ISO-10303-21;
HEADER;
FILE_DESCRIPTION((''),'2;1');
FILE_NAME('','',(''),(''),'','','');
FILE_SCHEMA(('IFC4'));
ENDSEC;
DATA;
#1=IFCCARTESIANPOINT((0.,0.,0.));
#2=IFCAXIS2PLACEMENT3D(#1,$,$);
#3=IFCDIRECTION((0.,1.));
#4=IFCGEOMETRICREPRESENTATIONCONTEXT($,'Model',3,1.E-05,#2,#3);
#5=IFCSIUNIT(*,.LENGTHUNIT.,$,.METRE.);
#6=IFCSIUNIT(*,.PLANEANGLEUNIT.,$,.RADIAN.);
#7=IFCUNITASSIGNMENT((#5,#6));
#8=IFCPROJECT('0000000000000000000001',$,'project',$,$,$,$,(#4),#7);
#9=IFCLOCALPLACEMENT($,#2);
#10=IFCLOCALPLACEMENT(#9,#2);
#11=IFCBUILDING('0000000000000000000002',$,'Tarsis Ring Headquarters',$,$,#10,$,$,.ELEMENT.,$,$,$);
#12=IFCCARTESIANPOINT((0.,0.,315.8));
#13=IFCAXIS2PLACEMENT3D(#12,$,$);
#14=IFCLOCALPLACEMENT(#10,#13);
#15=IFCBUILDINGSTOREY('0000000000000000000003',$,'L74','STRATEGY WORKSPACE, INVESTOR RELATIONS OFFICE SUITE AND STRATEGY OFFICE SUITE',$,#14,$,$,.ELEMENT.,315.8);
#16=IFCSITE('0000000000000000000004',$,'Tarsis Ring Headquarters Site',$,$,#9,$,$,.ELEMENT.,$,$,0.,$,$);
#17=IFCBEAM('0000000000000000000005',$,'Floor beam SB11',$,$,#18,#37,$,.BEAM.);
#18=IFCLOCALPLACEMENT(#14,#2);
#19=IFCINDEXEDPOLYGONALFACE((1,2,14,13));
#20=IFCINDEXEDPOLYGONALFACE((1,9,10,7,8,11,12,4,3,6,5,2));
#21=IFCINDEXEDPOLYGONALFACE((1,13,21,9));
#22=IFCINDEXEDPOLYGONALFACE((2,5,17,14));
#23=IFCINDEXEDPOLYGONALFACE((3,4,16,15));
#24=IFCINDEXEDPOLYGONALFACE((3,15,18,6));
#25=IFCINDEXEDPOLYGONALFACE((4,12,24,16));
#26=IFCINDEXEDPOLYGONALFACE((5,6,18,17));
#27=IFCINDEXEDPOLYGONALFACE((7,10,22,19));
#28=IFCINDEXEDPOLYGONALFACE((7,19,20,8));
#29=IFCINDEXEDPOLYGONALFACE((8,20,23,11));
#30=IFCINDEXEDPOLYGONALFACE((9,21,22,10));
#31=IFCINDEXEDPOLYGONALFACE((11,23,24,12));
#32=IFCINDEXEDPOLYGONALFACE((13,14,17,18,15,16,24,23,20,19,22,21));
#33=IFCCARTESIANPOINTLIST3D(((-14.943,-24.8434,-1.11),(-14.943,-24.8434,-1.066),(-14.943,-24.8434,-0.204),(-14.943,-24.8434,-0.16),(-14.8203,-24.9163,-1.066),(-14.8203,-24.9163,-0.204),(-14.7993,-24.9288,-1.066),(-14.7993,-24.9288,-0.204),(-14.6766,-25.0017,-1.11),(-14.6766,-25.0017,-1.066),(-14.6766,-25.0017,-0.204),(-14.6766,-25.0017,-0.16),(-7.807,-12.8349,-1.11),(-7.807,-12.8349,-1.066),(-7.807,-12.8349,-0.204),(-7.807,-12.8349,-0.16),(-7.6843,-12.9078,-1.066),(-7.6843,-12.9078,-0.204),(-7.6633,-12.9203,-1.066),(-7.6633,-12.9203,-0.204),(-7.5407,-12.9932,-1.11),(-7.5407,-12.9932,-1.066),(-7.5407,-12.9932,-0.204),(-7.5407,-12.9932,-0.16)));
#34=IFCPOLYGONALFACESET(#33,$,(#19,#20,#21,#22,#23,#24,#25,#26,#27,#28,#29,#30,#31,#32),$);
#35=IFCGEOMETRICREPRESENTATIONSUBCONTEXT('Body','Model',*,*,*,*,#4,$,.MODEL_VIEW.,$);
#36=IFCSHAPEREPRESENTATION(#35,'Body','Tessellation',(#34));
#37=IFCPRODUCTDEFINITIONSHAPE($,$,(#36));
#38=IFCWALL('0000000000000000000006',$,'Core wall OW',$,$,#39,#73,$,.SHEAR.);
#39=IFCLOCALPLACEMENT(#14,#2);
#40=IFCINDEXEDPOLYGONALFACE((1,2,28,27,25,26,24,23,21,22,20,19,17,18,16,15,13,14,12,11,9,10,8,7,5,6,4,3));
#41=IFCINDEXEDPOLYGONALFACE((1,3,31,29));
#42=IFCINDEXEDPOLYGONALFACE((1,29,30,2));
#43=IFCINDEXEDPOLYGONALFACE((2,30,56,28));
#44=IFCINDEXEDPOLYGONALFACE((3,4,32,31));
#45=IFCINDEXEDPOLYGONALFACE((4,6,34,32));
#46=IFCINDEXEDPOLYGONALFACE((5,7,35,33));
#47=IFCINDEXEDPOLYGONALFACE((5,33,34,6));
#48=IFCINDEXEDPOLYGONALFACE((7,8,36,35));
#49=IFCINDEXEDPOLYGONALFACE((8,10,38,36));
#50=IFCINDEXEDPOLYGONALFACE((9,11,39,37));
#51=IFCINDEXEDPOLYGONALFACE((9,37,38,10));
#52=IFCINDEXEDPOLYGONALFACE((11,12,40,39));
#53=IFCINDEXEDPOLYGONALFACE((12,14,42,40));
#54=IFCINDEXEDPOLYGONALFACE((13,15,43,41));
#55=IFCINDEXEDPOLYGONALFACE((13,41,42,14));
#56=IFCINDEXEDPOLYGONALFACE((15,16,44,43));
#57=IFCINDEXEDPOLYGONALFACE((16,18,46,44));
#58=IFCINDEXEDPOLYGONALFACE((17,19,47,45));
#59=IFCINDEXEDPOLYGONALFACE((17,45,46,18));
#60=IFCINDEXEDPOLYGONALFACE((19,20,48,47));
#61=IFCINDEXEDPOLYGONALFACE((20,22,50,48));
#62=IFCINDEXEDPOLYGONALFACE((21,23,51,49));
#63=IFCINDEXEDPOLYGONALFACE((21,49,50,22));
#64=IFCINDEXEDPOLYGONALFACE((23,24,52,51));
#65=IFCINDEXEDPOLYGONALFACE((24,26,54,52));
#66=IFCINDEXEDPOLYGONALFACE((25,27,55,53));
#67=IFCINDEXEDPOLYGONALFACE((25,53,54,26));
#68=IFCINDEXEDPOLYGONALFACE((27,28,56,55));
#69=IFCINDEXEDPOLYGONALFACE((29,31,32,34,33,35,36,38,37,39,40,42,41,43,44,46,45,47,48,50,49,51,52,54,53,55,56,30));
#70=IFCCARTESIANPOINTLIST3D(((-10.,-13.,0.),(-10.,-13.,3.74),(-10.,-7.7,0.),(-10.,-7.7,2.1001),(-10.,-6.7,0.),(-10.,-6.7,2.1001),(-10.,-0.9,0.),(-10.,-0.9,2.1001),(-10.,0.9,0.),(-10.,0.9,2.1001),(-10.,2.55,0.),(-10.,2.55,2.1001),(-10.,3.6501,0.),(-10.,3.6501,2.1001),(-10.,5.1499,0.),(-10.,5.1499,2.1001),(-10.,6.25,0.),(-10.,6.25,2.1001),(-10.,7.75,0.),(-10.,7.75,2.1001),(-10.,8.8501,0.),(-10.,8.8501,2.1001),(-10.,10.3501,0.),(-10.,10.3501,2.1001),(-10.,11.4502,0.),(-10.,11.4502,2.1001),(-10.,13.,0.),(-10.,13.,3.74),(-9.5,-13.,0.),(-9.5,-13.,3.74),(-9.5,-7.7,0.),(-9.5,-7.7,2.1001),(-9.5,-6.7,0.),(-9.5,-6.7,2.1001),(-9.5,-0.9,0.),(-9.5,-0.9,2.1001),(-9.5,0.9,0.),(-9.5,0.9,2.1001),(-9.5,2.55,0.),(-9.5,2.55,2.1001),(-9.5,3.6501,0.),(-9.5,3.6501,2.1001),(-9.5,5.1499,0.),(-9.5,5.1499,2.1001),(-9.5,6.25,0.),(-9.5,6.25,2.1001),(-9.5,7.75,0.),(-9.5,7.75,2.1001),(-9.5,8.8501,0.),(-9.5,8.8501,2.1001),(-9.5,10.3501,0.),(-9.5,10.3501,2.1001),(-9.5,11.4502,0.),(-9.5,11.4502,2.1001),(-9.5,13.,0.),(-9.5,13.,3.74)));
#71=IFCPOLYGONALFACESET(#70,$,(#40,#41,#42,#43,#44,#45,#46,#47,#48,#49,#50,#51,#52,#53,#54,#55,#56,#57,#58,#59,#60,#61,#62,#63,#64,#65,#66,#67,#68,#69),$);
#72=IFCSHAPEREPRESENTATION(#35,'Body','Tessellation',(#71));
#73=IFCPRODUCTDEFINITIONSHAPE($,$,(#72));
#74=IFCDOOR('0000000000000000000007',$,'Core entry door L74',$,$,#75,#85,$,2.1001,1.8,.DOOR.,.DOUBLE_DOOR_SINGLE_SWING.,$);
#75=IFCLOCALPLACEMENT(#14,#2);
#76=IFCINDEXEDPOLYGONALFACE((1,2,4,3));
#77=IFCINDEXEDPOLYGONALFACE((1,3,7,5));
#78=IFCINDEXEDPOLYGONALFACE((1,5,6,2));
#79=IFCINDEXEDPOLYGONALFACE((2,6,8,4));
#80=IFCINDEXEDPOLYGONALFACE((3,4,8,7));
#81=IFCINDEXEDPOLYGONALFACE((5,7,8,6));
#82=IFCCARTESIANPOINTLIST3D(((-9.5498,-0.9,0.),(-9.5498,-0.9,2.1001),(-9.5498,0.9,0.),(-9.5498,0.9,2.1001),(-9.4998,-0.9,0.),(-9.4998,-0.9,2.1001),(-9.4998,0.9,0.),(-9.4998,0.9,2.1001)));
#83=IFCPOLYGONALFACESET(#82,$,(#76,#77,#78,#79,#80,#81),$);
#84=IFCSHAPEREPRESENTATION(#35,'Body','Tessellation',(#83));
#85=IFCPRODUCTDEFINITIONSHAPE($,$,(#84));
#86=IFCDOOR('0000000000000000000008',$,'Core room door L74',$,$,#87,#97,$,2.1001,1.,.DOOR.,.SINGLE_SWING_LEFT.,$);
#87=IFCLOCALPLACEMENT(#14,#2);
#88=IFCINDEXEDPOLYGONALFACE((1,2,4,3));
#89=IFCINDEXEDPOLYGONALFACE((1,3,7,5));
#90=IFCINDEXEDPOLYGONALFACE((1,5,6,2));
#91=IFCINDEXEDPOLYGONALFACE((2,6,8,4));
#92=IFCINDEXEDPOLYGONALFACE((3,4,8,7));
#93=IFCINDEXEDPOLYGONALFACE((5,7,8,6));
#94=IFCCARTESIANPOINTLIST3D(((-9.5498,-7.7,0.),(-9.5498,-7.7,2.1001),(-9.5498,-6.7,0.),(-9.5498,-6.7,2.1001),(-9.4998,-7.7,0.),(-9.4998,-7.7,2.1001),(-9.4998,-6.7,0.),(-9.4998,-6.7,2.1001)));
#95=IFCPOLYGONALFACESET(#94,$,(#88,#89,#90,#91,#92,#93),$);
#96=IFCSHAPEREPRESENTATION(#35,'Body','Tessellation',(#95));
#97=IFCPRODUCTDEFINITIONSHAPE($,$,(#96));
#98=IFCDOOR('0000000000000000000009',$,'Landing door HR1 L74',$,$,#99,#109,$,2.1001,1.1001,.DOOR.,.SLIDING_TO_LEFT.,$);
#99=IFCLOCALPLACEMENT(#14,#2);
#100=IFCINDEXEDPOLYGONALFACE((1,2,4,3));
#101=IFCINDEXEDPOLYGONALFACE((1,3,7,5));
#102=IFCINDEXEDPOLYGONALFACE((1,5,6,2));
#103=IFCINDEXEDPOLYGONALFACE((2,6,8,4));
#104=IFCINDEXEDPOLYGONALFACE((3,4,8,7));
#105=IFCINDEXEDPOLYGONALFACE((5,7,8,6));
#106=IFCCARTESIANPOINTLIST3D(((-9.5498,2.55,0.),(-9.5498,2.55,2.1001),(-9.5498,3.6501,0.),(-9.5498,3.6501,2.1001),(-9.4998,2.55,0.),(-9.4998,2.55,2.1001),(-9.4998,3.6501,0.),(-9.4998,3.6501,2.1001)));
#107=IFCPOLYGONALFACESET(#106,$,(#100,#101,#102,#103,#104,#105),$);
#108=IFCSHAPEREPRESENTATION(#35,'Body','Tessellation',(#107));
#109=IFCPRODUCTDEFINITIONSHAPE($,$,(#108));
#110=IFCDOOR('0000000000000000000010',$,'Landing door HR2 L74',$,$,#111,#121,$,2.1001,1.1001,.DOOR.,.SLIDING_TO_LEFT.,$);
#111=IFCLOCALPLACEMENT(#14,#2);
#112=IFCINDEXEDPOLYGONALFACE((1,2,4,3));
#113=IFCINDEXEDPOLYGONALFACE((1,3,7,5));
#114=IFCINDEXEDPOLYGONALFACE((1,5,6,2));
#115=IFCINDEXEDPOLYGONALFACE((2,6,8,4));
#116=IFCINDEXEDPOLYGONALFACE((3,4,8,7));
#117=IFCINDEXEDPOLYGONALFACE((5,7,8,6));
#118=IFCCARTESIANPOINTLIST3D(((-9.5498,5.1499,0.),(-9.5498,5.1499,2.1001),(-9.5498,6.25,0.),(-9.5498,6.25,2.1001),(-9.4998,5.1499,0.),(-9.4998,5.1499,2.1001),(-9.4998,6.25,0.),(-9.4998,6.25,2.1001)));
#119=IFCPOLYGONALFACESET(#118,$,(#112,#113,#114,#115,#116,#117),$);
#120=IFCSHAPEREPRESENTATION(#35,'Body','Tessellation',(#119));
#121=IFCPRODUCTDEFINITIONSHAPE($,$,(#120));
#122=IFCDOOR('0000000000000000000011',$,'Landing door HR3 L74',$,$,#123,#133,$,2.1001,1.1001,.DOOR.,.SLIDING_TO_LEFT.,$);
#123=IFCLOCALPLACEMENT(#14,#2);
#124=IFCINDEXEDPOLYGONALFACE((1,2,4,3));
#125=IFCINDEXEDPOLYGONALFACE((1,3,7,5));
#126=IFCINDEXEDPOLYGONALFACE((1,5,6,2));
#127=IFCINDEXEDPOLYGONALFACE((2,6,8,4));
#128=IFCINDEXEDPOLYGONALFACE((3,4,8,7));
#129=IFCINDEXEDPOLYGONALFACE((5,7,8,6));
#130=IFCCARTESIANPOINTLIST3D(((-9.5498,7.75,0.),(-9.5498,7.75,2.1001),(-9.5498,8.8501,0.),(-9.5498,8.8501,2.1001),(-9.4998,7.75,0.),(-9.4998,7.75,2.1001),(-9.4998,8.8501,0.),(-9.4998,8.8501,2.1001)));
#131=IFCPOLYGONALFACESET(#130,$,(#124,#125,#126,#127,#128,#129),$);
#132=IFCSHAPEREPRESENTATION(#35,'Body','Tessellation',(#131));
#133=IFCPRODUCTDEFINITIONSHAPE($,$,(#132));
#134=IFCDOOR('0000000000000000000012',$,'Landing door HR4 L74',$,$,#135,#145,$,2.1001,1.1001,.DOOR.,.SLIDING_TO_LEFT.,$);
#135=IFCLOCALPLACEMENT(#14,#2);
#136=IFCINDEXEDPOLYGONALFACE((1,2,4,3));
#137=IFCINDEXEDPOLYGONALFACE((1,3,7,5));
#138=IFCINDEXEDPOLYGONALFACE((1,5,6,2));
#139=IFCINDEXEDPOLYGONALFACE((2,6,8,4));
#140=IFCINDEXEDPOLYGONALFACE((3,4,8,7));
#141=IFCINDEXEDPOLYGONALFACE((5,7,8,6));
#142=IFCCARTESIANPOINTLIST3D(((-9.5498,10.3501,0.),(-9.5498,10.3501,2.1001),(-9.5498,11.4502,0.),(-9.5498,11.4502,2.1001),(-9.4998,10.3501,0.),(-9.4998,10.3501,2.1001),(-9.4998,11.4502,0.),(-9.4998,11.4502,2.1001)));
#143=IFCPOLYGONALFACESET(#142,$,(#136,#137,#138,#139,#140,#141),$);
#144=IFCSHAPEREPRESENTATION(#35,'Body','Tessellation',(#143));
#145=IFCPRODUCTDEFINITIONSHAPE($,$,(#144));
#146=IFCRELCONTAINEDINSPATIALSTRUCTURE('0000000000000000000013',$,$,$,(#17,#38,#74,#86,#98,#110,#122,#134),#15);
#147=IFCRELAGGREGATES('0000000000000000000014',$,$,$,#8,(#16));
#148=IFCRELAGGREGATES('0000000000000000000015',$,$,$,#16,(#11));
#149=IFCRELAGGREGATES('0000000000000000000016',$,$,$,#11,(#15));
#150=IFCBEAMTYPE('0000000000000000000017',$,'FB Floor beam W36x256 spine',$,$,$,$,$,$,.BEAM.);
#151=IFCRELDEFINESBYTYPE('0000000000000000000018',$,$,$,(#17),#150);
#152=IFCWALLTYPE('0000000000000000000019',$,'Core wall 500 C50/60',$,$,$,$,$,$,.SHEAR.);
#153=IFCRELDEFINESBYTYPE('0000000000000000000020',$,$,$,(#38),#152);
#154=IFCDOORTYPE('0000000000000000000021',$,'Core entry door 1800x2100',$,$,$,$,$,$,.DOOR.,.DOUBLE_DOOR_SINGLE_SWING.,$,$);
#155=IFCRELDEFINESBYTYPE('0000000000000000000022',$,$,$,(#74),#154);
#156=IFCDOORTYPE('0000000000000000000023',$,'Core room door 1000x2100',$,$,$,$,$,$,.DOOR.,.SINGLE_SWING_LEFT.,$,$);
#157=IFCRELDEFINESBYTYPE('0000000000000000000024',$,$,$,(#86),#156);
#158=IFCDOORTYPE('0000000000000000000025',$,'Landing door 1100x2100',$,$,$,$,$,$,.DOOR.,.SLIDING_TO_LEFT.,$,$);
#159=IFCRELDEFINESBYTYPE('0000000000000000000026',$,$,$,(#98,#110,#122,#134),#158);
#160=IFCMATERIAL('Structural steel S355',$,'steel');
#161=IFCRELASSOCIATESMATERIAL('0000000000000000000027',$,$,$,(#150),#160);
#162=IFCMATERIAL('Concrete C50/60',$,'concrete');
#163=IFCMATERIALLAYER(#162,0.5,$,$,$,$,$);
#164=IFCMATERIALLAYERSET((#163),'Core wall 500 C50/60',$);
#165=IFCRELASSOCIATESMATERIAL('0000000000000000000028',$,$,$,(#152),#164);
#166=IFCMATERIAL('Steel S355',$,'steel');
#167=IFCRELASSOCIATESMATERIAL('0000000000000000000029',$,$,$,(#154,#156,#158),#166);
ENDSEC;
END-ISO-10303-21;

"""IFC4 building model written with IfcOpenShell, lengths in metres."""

from ifc_helpers import new_model, si_unit, direction, frame, frame_2d, origin, origin_2d, place, context, subcontext, project, spatial, rectangle, i_section, extrude, material, layer, layer_set, material_profile, profile_set, type_object, element, fill, save


model = new_model("IFC4")

# Units and contexts
model_context = context("Model", 3, precision=1e-05, world=origin(), true_north=direction((0.0, 1.0)))
body_context = subcontext(model_context, "Body", "Model", "MODEL_VIEW")
ifc_project = project(units=[si_unit("LENGTHUNIT", "METRE"), si_unit("PLANEANGLEUNIT", "RADIAN")], contexts=[model_context])

# Site, building, storey
site_placement = place(None, origin())
site = spatial("IfcSite", under=ifc_project, at=site_placement, Name="Tarsis Ring Headquarters Site", CompositionType="ELEMENT", RefElevation=0.0)
building_placement = place(site_placement, origin())
building = spatial("IfcBuilding", under=site, at=building_placement, Name="Tarsis Ring Headquarters", CompositionType="ELEMENT")
storey_placement = place(building_placement, frame((0.0, 0.0, 315.8)))
storey = spatial("IfcBuildingStorey", under=building, at=storey_placement, Name="L74", Description="STRATEGY WORKSPACE, INVESTOR RELATIONS OFFICE SUITE AND STRATEGY OFFICE SUITE", CompositionType="ELEMENT", Elevation=315.8)

# Beam
ifc_material_1 = material(Name="Structural steel S355", Category="steel")
ifc_material_profile = material_profile(ifc_material_1, i_section(OverallWidth=0.3098, OverallDepth=0.95, WebThickness=0.0244, FlangeThickness=0.0439, at=origin_2d()), Name="W36x256")
ifc_profile_set = profile_set([ifc_material_profile], Name="Structural steel S355")
beam_type = type_object("IfcBeamType", Name="FB Floor beam W36x256 spine", PredefinedType="BEAM", material=ifc_profile_set)
beam_placement = place(storey_placement, frame((-7.6738, -12.9141, -0.635), z_axis=(-0.510852, -0.859669, 0.0), x_axis=(0.859669, -0.510852, 0.0)))
element("IfcBeam", 1, at=beam_placement, inside=storey, type_object=beam_type, Name="Floor beam SB11", PredefinedType="BEAM", context=body_context, shape_type="SweptSolid", body=[
    extrude(i_section(OverallWidth=0.3098, OverallDepth=0.95, WebThickness=0.0244, FlangeThickness=0.0439, at=origin_2d()), origin(), (0.0, 0.0, 1.0), 13.9688),
])

# Wall, openings, doors
ifc_material_2 = material(Name="Concrete C50/60", Category="concrete")
ifc_layer_1 = layer(ifc_material_2, 0.5)
ifc_layer_set_1 = layer_set([ifc_layer_1], Name="Core wall 500 C50/60")
wall_type_1 = type_object("IfcWallType", Name="Core wall 500 C50/60", PredefinedType="SHEAR", material=ifc_layer_set_1)
wall_1_placement = place(storey_placement, frame((-9.75, -13.0, 0.0), z_axis=(0.0, 0.0, 1.0), x_axis=(0.0, 1.0, 0.0)))
wall_1 = element("IfcWall", 2, at=wall_1_placement, inside=storey, type_object=wall_type_1, Name="Core wall OW", PredefinedType="SHEAR", context=body_context, shape_type="SweptSolid", body=[
    extrude(rectangle(XDim=26.0, YDim=0.5, at=frame_2d((13.0, 0.0))), origin(), (0.0, 0.0, 1.0), 3.74),
])
opening_1_placement = place(wall_1_placement, frame((5.3, 0.0, 0.0)))
opening_1 = element("IfcOpeningElement", 3, at=opening_1_placement, cuts=wall_1, PredefinedType="OPENING", context=body_context, shape_type="SweptSolid", body=[
    extrude(rectangle(XDim=1.0, YDim=2.1001, at=frame_2d((0.5, 1.05))), frame((0.0, 0.26, 0.0), z_axis=(0.0, -1.0, 0.0), x_axis=(1.0, 0.0, 0.0)), (0.0, 0.0, 1.0), 0.52),
])
opening_2_placement = place(wall_1_placement, frame((12.1001, 0.0, 0.0)))
opening_2 = element("IfcOpeningElement", 4, at=opening_2_placement, cuts=wall_1, PredefinedType="OPENING", context=body_context, shape_type="SweptSolid", body=[
    extrude(rectangle(XDim=1.8, YDim=2.1001, at=frame_2d((0.8999, 1.05))), frame((0.0, 0.26, 0.0), z_axis=(0.0, -1.0, 0.0), x_axis=(1.0, 0.0, 0.0)), (0.0, 0.0, 1.0), 0.52),
])
opening_3_placement = place(wall_1_placement, frame((15.55, 0.0, 0.0)))
opening_3 = element("IfcOpeningElement", 5, at=opening_3_placement, cuts=wall_1, PredefinedType="OPENING", context=body_context, shape_type="SweptSolid", body=[
    extrude(rectangle(XDim=1.1001, YDim=2.1001, at=frame_2d((0.55, 1.05))), frame((0.0, 0.26, 0.0), z_axis=(0.0, -1.0, 0.0), x_axis=(1.0, 0.0, 0.0)), (0.0, 0.0, 1.0), 0.52),
])
opening_4_placement = place(wall_1_placement, frame((18.1499, 0.0, 0.0)))
opening_4 = element("IfcOpeningElement", 6, at=opening_4_placement, cuts=wall_1, PredefinedType="OPENING", context=body_context, shape_type="SweptSolid", body=[
    extrude(rectangle(XDim=1.1001, YDim=2.1001, at=frame_2d((0.55, 1.05))), frame((0.0, 0.26, 0.0), z_axis=(0.0, -1.0, 0.0), x_axis=(1.0, 0.0, 0.0)), (0.0, 0.0, 1.0), 0.52),
])
opening_5_placement = place(wall_1_placement, frame((20.75, 0.0, 0.0)))
opening_5 = element("IfcOpeningElement", 7, at=opening_5_placement, cuts=wall_1, PredefinedType="OPENING", context=body_context, shape_type="SweptSolid", body=[
    extrude(rectangle(XDim=1.1001, YDim=2.1001, at=frame_2d((0.55, 1.05))), frame((0.0, 0.26, 0.0), z_axis=(0.0, -1.0, 0.0), x_axis=(1.0, 0.0, 0.0)), (0.0, 0.0, 1.0), 0.52),
])
opening_6_placement = place(wall_1_placement, frame((23.3501, 0.0, 0.0)))
opening_6 = element("IfcOpeningElement", 8, at=opening_6_placement, cuts=wall_1, PredefinedType="OPENING", context=body_context, shape_type="SweptSolid", body=[
    extrude(rectangle(XDim=1.1001, YDim=2.1001, at=frame_2d((0.55, 1.05))), frame((0.0, 0.26, 0.0), z_axis=(0.0, -1.0, 0.0), x_axis=(1.0, 0.0, 0.0)), (0.0, 0.0, 1.0), 0.52),
])
ifc_material_3 = material(Name="Steel S355", Category="steel")
door_type_1 = type_object("IfcDoorType", Name="Core entry door 1800x2100", OperationType="DOUBLE_DOOR_SINGLE_SWING", PredefinedType="DOOR", material=ifc_material_3)
door_1_placement = place(opening_2_placement, origin())
door_1 = element("IfcDoor", 9, at=door_1_placement, inside=storey, type_object=door_type_1, Name="Core entry door L74", OperationType="DOUBLE_DOOR_SINGLE_SWING", OverallHeight=2.1001, OverallWidth=1.8, PredefinedType="DOOR", context=body_context, shape_type="SweptSolid", body=[
    extrude(rectangle(XDim=1.8, YDim=2.1001, at=frame_2d((0.8999, 1.05))), frame((0.0, -0.2002, 0.0), z_axis=(0.0, -1.0, 0.0), x_axis=(1.0, 0.0, 0.0)), (0.0, 0.0, 1.0), 0.05),
])
fill(opening_2, door_1)
door_type_2 = type_object("IfcDoorType", Name="Core room door 1000x2100", OperationType="SINGLE_SWING_LEFT", PredefinedType="DOOR", material=ifc_material_3)
door_2_placement = place(opening_1_placement, origin())
door_2 = element("IfcDoor", 10, at=door_2_placement, inside=storey, type_object=door_type_2, Name="Core room door L74", OperationType="SINGLE_SWING_LEFT", OverallHeight=2.1001, OverallWidth=1.0, PredefinedType="DOOR", context=body_context, shape_type="SweptSolid", body=[
    extrude(rectangle(XDim=1.0, YDim=2.1001, at=frame_2d((0.5, 1.05))), frame((0.0, -0.2002, 0.0), z_axis=(0.0, -1.0, 0.0), x_axis=(1.0, 0.0, 0.0)), (0.0, 0.0, 1.0), 0.05),
])
fill(opening_1, door_2)
door_type_3 = type_object("IfcDoorType", Name="Landing door 1100x2100", OperationType="SLIDING_TO_LEFT", PredefinedType="DOOR", material=ifc_material_3)
door_3_placement = place(opening_3_placement, origin())
door_3 = element("IfcDoor", 11, at=door_3_placement, inside=storey, type_object=door_type_3, Name="Landing door HR1 L74", OperationType="SLIDING_TO_LEFT", OverallHeight=2.1001, OverallWidth=1.1001, PredefinedType="DOOR", context=body_context, shape_type="SweptSolid", body=[
    extrude(rectangle(XDim=1.1001, YDim=2.1001, at=frame_2d((0.55, 1.05))), frame((0.0, -0.2002, 0.0), z_axis=(0.0, -1.0, 0.0), x_axis=(1.0, 0.0, 0.0)), (0.0, 0.0, 1.0), 0.05),
])
fill(opening_3, door_3)
door_4_placement = place(opening_4_placement, origin())
door_4 = element("IfcDoor", 12, at=door_4_placement, inside=storey, type_object=door_type_3, Name="Landing door HR2 L74", OperationType="SLIDING_TO_LEFT", OverallHeight=2.1001, OverallWidth=1.1001, PredefinedType="DOOR", context=body_context, shape_type="SweptSolid", body=[
    extrude(rectangle(XDim=1.1001, YDim=2.1001, at=frame_2d((0.55, 1.05))), frame((0.0, -0.2002, 0.0), z_axis=(0.0, -1.0, 0.0), x_axis=(1.0, 0.0, 0.0)), (0.0, 0.0, 1.0), 0.05),
])
fill(opening_4, door_4)
door_5_placement = place(opening_5_placement, origin())
door_5 = element("IfcDoor", 13, at=door_5_placement, inside=storey, type_object=door_type_3, Name="Landing door HR3 L74", OperationType="SLIDING_TO_LEFT", OverallHeight=2.1001, OverallWidth=1.1001, PredefinedType="DOOR", context=body_context, shape_type="SweptSolid", body=[
    extrude(rectangle(XDim=1.1001, YDim=2.1001, at=frame_2d((0.55, 1.05))), frame((0.0, -0.2002, 0.0), z_axis=(0.0, -1.0, 0.0), x_axis=(1.0, 0.0, 0.0)), (0.0, 0.0, 1.0), 0.05),
])
fill(opening_5, door_5)
door_6_placement = place(opening_6_placement, origin())
door_6 = element("IfcDoor", 14, at=door_6_placement, inside=storey, type_object=door_type_3, Name="Landing door HR4 L74", OperationType="SLIDING_TO_LEFT", OverallHeight=2.1001, OverallWidth=1.1001, PredefinedType="DOOR", context=body_context, shape_type="SweptSolid", body=[
    extrude(rectangle(XDim=1.1001, YDim=2.1001, at=frame_2d((0.55, 1.05))), frame((0.0, -0.2002, 0.0), z_axis=(0.0, -1.0, 0.0), x_axis=(1.0, 0.0, 0.0)), (0.0, 0.0, 1.0), 0.05),
])
fill(opening_6, door_6)

save(model, "model.ifc")
